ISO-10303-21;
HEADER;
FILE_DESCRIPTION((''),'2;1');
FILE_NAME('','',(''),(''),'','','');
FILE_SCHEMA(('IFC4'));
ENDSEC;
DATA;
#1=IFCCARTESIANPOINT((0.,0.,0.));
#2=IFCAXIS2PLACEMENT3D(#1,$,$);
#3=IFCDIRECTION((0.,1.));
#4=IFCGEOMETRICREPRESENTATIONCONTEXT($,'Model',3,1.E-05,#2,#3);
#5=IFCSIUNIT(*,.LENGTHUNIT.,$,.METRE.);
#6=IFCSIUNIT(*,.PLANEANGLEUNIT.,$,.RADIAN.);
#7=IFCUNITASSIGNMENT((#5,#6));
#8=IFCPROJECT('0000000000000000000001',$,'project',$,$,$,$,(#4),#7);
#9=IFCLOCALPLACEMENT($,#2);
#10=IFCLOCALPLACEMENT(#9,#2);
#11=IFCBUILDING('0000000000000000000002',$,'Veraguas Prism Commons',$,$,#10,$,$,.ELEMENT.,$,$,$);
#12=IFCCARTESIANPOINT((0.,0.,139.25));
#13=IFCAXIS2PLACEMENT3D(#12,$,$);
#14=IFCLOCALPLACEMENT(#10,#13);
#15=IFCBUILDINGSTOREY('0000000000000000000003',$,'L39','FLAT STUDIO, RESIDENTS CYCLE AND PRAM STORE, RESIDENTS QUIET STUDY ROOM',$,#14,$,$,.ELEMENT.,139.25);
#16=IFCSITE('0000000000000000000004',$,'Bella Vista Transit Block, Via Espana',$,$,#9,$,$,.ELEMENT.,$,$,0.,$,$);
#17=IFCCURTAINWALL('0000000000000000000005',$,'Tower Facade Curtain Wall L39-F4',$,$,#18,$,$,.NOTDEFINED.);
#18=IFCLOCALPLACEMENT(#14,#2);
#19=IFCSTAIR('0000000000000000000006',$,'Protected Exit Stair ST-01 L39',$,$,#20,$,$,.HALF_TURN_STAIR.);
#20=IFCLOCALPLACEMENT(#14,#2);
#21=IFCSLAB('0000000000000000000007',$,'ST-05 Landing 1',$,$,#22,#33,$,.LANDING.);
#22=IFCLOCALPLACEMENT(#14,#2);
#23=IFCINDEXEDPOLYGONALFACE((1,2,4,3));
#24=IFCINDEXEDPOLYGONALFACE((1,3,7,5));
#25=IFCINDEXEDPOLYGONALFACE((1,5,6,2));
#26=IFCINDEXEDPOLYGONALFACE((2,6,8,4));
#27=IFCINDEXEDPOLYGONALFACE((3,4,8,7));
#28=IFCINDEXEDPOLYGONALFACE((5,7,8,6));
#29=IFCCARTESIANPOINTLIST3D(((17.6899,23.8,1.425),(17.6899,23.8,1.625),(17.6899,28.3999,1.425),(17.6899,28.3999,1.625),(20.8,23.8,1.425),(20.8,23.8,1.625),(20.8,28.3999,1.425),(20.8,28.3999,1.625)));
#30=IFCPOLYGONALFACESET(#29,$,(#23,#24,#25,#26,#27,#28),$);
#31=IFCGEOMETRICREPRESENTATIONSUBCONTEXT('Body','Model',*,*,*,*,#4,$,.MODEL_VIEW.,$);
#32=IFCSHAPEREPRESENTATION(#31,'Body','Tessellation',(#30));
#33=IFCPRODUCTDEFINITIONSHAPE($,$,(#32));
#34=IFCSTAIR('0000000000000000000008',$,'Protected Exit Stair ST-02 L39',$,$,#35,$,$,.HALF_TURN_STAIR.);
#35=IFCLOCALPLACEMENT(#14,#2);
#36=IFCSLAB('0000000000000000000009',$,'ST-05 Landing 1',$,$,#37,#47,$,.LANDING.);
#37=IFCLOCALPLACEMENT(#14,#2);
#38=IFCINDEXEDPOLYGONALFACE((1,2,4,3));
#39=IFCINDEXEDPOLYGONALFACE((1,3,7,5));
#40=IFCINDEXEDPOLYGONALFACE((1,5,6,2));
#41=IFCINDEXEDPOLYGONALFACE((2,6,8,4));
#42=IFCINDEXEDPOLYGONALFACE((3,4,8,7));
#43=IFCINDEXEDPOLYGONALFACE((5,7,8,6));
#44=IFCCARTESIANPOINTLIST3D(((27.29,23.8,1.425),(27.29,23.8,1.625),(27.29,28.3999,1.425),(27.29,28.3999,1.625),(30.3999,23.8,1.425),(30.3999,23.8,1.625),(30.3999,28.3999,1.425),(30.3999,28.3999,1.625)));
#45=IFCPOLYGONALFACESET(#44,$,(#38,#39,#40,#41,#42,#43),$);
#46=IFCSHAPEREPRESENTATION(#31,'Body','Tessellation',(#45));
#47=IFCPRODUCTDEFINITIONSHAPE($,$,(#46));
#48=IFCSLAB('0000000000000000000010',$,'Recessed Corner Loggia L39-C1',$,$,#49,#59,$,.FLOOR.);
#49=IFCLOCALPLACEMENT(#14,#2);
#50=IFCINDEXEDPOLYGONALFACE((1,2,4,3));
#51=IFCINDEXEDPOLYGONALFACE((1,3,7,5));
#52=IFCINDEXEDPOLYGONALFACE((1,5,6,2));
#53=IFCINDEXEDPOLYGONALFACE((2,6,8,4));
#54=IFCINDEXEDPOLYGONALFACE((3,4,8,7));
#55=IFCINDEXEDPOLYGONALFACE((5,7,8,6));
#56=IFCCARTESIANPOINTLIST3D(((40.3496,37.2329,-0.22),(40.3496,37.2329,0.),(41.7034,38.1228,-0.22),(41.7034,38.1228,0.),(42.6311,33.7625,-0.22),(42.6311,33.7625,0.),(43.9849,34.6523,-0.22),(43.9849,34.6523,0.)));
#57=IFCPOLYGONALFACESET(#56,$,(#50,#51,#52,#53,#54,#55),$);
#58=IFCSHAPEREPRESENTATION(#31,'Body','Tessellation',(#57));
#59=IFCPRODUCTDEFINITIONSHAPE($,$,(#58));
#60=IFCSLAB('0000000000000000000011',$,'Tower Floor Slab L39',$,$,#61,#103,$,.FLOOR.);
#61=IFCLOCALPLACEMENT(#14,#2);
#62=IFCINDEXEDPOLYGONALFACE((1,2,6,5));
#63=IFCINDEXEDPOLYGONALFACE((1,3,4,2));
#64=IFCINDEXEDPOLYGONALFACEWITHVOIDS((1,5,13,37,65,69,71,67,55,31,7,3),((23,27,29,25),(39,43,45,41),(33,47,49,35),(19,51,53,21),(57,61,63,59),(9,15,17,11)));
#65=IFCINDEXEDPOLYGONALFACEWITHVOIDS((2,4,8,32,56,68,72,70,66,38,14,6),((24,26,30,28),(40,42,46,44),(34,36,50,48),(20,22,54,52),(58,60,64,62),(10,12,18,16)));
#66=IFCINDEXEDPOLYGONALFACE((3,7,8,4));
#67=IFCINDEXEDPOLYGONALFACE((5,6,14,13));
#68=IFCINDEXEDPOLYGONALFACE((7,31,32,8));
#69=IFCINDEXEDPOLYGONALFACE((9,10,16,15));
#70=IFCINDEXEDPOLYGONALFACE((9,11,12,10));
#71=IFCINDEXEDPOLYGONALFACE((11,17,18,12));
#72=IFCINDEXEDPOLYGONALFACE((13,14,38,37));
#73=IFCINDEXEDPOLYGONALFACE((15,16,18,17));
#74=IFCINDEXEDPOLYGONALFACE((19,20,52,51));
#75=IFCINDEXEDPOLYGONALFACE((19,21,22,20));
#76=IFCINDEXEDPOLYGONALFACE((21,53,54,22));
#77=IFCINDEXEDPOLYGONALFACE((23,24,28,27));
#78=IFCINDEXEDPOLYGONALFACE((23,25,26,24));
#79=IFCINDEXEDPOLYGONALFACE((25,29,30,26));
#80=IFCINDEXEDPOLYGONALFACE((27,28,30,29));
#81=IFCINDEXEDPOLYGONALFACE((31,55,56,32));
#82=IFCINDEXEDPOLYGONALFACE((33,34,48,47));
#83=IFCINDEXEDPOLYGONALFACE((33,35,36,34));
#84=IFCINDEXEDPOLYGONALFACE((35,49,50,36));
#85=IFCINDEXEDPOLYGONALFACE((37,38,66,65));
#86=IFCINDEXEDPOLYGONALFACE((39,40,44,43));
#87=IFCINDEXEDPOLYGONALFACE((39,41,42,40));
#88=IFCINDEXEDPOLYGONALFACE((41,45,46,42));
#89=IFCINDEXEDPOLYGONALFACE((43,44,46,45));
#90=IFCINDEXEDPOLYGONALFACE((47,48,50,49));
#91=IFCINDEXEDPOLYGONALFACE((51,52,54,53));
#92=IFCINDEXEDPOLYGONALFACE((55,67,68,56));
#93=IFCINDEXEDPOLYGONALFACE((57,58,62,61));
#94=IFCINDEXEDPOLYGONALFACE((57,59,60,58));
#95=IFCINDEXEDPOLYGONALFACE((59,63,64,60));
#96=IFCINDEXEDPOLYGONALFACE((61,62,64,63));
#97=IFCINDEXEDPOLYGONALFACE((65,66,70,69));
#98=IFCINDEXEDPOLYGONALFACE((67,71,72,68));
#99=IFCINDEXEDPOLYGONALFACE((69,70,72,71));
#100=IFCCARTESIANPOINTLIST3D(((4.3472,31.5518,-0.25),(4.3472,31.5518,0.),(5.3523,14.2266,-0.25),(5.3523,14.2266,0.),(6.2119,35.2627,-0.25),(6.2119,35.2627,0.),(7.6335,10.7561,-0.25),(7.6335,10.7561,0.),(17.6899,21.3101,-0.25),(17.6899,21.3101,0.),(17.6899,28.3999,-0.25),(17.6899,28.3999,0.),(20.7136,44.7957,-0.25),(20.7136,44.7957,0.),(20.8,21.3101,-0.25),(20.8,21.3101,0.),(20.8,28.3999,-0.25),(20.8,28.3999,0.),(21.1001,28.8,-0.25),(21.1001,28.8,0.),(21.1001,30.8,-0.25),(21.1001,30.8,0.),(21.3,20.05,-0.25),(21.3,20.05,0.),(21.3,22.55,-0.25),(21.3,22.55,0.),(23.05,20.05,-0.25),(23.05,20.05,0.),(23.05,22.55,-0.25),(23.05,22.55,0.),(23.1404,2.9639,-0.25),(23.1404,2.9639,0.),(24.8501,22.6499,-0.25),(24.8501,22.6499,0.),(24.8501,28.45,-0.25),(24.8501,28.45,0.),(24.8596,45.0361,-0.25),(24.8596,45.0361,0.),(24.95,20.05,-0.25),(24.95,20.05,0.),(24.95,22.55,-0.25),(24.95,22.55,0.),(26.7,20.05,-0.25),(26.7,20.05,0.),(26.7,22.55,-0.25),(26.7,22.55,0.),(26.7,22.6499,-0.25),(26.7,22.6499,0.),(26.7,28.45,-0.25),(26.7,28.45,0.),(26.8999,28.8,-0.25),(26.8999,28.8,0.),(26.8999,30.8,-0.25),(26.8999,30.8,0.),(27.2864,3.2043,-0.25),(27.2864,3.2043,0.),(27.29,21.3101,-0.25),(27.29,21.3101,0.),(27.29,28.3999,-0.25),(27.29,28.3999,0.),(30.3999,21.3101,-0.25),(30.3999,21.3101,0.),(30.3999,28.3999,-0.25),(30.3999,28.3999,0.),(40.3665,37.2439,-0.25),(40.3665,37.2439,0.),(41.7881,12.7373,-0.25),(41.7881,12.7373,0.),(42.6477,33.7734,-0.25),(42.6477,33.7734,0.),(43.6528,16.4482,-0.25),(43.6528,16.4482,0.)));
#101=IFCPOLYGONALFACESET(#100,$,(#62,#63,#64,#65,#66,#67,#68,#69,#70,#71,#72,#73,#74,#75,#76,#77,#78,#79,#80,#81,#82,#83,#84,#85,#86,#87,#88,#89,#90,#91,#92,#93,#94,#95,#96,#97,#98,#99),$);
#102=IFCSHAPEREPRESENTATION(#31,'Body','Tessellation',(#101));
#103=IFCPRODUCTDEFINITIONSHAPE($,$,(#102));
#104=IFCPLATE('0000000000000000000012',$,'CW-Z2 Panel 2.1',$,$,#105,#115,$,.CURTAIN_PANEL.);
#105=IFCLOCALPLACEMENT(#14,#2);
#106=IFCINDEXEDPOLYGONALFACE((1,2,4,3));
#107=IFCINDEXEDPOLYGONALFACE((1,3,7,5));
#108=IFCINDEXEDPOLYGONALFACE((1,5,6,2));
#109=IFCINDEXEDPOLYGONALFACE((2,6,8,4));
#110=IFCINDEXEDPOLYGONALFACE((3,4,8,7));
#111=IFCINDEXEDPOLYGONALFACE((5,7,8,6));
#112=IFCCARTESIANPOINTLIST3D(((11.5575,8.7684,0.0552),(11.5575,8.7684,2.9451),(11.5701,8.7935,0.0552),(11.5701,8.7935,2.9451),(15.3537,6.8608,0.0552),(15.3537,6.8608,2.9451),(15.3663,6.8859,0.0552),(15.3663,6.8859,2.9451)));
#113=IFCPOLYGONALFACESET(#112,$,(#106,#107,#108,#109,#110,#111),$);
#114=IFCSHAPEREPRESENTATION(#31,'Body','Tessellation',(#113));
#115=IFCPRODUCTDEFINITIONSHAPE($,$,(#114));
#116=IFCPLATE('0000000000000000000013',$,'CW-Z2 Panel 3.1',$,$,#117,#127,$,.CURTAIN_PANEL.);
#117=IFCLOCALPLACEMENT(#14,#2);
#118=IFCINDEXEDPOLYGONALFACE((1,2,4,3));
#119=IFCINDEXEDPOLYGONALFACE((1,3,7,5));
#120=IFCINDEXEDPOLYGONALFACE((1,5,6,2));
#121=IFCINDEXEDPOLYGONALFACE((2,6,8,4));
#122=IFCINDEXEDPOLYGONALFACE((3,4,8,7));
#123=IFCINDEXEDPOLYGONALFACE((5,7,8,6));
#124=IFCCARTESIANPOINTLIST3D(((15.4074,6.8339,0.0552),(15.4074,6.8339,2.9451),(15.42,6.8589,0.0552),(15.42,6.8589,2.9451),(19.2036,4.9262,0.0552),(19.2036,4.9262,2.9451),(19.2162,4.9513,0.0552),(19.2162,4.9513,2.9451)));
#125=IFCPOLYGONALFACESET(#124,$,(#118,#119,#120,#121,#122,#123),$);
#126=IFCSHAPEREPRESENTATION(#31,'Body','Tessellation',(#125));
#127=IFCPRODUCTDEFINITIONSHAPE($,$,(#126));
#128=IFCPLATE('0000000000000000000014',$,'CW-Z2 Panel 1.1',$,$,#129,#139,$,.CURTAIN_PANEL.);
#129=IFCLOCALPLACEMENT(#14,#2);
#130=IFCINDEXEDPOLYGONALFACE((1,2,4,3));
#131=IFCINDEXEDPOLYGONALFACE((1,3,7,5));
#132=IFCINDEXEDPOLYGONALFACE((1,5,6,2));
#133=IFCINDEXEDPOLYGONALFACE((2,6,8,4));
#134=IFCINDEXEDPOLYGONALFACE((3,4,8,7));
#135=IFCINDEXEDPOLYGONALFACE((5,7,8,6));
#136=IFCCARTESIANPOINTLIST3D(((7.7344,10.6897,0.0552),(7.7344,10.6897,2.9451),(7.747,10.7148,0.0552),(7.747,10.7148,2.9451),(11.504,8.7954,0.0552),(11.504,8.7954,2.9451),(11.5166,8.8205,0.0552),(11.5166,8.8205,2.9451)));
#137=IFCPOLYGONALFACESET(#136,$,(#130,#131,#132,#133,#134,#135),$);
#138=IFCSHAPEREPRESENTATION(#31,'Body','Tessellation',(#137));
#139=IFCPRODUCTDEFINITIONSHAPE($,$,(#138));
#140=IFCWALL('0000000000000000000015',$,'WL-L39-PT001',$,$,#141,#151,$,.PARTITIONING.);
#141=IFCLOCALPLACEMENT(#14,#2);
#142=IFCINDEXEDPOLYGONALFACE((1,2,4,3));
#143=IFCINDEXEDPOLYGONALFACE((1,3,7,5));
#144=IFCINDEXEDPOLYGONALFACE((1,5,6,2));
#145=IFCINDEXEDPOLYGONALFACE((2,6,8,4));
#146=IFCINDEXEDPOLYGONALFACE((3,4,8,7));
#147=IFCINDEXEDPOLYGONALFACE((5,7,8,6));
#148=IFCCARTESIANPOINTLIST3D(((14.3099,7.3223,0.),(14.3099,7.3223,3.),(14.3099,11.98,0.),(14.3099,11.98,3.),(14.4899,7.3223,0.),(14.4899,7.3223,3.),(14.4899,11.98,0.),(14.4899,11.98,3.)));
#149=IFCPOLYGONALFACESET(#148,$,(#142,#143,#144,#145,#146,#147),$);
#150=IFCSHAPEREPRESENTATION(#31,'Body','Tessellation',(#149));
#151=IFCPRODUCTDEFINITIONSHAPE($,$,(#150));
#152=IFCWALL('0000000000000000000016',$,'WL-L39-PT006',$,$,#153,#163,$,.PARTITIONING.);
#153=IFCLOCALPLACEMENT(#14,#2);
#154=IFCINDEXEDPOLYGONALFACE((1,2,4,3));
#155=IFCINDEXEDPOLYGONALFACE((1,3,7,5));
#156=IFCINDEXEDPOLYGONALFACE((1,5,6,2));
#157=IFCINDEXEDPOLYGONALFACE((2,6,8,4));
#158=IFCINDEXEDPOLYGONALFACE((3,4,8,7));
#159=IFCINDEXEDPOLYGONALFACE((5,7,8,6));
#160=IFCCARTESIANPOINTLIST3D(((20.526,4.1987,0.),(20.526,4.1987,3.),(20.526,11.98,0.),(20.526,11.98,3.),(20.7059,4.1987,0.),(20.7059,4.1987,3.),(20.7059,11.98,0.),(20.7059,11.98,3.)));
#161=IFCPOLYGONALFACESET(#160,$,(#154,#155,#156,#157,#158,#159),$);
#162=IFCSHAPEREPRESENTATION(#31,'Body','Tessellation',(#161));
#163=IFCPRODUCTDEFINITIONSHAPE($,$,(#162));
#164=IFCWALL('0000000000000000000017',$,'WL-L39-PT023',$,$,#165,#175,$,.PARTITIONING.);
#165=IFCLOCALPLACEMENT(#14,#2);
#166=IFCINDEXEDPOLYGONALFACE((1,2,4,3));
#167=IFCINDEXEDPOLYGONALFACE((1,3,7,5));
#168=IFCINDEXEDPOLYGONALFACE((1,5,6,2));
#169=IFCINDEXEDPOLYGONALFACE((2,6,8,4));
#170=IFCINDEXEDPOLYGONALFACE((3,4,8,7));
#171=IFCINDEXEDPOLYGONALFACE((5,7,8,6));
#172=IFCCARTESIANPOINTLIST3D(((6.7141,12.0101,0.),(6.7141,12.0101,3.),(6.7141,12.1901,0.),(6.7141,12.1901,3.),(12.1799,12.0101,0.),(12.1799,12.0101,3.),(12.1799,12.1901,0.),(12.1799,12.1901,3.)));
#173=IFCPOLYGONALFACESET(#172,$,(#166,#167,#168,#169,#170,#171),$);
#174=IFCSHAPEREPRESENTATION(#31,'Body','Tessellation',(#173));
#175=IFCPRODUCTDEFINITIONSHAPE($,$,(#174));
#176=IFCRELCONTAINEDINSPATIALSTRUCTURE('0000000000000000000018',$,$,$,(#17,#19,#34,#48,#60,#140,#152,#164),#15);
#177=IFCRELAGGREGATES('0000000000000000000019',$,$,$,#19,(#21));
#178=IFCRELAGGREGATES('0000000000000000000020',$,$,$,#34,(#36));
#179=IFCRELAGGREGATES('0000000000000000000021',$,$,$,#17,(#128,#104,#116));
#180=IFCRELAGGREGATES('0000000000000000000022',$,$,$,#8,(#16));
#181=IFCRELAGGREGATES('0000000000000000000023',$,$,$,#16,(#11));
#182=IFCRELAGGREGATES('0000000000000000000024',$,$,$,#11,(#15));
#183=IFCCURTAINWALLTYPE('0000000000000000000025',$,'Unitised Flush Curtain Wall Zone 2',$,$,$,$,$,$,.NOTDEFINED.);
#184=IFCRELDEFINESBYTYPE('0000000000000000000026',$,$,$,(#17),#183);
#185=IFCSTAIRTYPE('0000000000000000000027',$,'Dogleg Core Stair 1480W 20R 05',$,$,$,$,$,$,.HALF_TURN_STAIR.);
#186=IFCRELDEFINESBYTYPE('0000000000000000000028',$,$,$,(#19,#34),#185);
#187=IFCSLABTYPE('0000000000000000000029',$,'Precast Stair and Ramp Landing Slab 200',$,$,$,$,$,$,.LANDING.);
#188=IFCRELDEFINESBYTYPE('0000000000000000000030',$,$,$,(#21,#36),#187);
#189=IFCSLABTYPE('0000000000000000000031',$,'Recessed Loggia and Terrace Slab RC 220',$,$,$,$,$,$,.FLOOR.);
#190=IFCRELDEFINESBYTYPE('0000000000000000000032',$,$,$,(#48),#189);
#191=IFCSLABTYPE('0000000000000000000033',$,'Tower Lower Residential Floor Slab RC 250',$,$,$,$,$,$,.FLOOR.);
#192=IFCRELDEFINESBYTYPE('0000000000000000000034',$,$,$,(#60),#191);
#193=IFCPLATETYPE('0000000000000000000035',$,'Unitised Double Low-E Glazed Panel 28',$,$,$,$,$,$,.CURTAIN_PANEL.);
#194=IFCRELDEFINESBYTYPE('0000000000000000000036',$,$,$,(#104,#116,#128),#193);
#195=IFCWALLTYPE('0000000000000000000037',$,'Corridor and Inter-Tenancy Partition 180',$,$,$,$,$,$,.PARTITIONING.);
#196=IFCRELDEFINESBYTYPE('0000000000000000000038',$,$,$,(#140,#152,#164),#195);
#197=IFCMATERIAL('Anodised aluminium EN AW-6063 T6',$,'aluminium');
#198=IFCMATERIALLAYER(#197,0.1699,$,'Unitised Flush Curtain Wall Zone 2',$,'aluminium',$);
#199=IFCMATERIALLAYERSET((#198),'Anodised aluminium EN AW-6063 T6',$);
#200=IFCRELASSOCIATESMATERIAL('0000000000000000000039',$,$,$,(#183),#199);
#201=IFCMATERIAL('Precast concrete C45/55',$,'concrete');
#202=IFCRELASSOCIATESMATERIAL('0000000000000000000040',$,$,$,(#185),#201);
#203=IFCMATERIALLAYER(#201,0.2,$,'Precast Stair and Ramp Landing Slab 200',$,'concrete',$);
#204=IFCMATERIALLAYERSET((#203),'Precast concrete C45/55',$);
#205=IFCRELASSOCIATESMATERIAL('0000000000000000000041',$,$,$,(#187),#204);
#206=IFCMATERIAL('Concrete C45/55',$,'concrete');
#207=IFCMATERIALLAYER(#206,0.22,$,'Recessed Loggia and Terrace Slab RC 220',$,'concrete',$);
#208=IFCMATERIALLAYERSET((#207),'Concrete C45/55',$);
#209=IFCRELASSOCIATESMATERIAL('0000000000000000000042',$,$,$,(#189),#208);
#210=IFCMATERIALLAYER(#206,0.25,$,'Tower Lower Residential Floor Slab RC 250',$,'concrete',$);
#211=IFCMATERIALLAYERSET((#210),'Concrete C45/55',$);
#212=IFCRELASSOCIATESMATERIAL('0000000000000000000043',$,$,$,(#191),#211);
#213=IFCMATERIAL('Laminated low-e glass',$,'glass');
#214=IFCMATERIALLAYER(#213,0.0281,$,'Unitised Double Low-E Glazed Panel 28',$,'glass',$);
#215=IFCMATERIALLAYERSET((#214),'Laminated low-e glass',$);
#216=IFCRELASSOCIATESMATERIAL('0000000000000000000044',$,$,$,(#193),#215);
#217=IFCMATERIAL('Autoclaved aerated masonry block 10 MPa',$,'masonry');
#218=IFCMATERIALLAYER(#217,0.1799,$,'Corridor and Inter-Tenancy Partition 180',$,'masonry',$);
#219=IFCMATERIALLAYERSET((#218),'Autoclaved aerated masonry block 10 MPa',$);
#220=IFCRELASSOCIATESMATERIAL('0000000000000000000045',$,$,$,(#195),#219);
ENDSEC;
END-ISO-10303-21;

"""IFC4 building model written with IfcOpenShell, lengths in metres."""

from ifc_helpers import new_model, si_unit, direction, frame, frame_2d, origin, origin_2d, place, context, subcontext, project, spatial, polyline, rectangle, outline, extrude, source, transform, mapped, material, layer, layer_set, type_object, element, aggregate, save


model = new_model("IFC4")

# Units and contexts
model_context = context("Model", 3, precision=1e-05, world=origin(), true_north=direction((0.0, 1.0)))
body_context = subcontext(model_context, "Body", "Model", "MODEL_VIEW")
ifc_project = project(units=[si_unit("LENGTHUNIT", "METRE"), si_unit("PLANEANGLEUNIT", "RADIAN")], contexts=[model_context])

# Site, building, storey
site_placement = place(None, origin())
site = spatial("IfcSite", under=ifc_project, at=site_placement, Name="Bella Vista Transit Block, Via Espana", CompositionType="ELEMENT", RefElevation=0.0)
building_placement = place(site_placement, origin())
building = spatial("IfcBuilding", under=site, at=building_placement, Name="Veraguas Prism Commons", CompositionType="ELEMENT")
storey_placement = place(building_placement, frame((0.0, 0.0, 139.25)))
storey = spatial("IfcBuildingStorey", under=building, at=storey_placement, Name="L39", Description="FLAT STUDIO, RESIDENTS CYCLE AND PRAM STORE, RESIDENTS QUIET STUDY ROOM", CompositionType="ELEMENT", Elevation=139.25)

# Curtain wall
ifc_material_1 = material(Name="Anodised aluminium EN AW-6063 T6", Category="aluminium")
ifc_layer_1 = layer(ifc_material_1, 0.1699, Name="Unitised Flush Curtain Wall Zone 2", Category="aluminium")
ifc_layer_set_1 = layer_set([ifc_layer_1], Name="Anodised aluminium EN AW-6063 T6")
curtain_wall_type = type_object("IfcCurtainWallType", Name="Unitised Flush Curtain Wall Zone 2", PredefinedType="NOTDEFINED", material=ifc_layer_set_1)
curtain_wall_1_placement = place(storey_placement, origin())
curtain_wall_1 = element("IfcCurtainWall", 1, at=curtain_wall_1_placement, inside=storey, type_object=curtain_wall_type, Name="Tower Facade Curtain Wall L39-F4", PredefinedType="NOTDEFINED")

# Stairs, slabs
ifc_material_2 = material(Name="Precast concrete C45/55", Category="concrete")
stair_type = type_object("IfcStairType", Name="Dogleg Core Stair 1480W 20R 05", PredefinedType="HALF_TURN_STAIR", material=ifc_material_2)
stair_1_placement = place(storey_placement, origin())
stair_1 = element("IfcStair", 2, at=stair_1_placement, inside=storey, type_object=stair_type, Name="Protected Exit Stair ST-01 L39", PredefinedType="HALF_TURN_STAIR")
ifc_layer_2 = layer(ifc_material_2, 0.2, Name="Precast Stair and Ramp Landing Slab 200", Category="concrete")
ifc_layer_set_2 = layer_set([ifc_layer_2], Name="Precast concrete C45/55")
slab_type_1 = type_object("IfcSlabType", Name="Precast Stair and Ramp Landing Slab 200", PredefinedType="LANDING", material=ifc_layer_set_2)
slab_1_placement = place(storey_placement, frame((0.0, 0.0, 1.425)))
slab_1 = element("IfcSlab", 3, at=slab_1_placement, type_object=slab_type_1, Name="ST-05 Landing 1", PredefinedType="LANDING", context=body_context, shape_type="SweptSolid", body=[
    extrude(outline(polyline([(20.8, 23.8), (20.8, 28.3999), (17.6899, 28.3999), (17.6899, 23.8), (20.8, 23.8)])), origin(), (0.0, 0.0, 1.0), 0.2),
])
aggregate(stair_1, [slab_1])
stair_2_placement = place(storey_placement, origin())
stair_2 = element("IfcStair", 4, at=stair_2_placement, inside=storey, type_object=stair_type, Name="Protected Exit Stair ST-02 L39", PredefinedType="HALF_TURN_STAIR")
slab_2_placement = place(storey_placement, frame((0.0, 0.0, 1.425)))
slab_2 = element("IfcSlab", 5, at=slab_2_placement, type_object=slab_type_1, Name="ST-05 Landing 1", PredefinedType="LANDING", context=body_context, shape_type="SweptSolid", body=[
    extrude(outline(polyline([(30.3999, 23.8), (30.3999, 28.3999), (27.29, 28.3999), (27.29, 23.8), (30.3999, 23.8)])), origin(), (0.0, 0.0, 1.0), 0.2),
])
aggregate(stair_2, [slab_2])

# Slabs
ifc_material_3 = material(Name="Concrete C45/55", Category="concrete")
ifc_layer_3 = layer(ifc_material_3, 0.22, Name="Recessed Loggia and Terrace Slab RC 220", Category="concrete")
ifc_layer_set_3 = layer_set([ifc_layer_3], Name="Concrete C45/55")
slab_type_2 = type_object("IfcSlabType", Name="Recessed Loggia and Terrace Slab RC 220", PredefinedType="FLOOR", material=ifc_layer_set_3)
slab_3_placement = place(storey_placement, frame((0.0, 0.0, -0.22)))
element("IfcSlab", 6, at=slab_3_placement, inside=storey, type_object=slab_type_2, Name="Recessed Corner Loggia L39-C1", PredefinedType="FLOOR", context=body_context, shape_type="SweptSolid", body=[
    extrude(outline(polyline([(42.6311, 33.7625), (43.9849, 34.6523), (41.7034, 38.1228), (40.3496, 37.2329), (42.6311, 33.7625)])), origin(), (0.0, 0.0, 1.0), 0.22),
])
ifc_layer_4 = layer(ifc_material_3, 0.25, Name="Tower Lower Residential Floor Slab RC 250", Category="concrete")
ifc_layer_set_4 = layer_set([ifc_layer_4], Name="Concrete C45/55")
slab_type_3 = type_object("IfcSlabType", Name="Tower Lower Residential Floor Slab RC 250", PredefinedType="FLOOR", material=ifc_layer_set_4)
slab_4_placement = place(storey_placement, frame((0.0, 0.0, -0.25)))
element("IfcSlab", 7, at=slab_4_placement, inside=storey, type_object=slab_type_3, Name="Tower Floor Slab L39", PredefinedType="FLOOR", context=body_context, shape_type="SweptSolid", body=[
    extrude(outline(polyline([(42.6477, 33.7734), (40.3665, 37.2439), (24.8596, 45.0361), (20.7136, 44.7957), (6.2119, 35.2627), (4.3472, 31.5518), (5.3523, 14.2266), (7.6335, 10.7561), (23.1404, 2.9639), (27.2864, 3.2043), (41.7881, 12.7373), (43.6528, 16.4482), (42.6477, 33.7734)]), holes=[polyline([(20.8, 21.3101), (20.8, 28.3999), (17.6899, 28.3999), (17.6899, 21.3101), (20.8, 21.3101)]), polyline([(30.3999, 21.3101), (30.3999, 28.3999), (27.29, 28.3999), (27.29, 21.3101), (30.3999, 21.3101)]), polyline([(24.8501, 22.6499), (26.7, 22.6499), (26.7, 28.45), (24.8501, 28.45), (24.8501, 22.6499)]), polyline([(21.1001, 28.8), (26.8999, 28.8), (26.8999, 30.8), (21.1001, 30.8), (21.1001, 28.8)]), polyline([(21.3, 20.05), (23.05, 20.05), (23.05, 22.55), (21.3, 22.55), (21.3, 20.05)]), polyline([(24.95, 20.05), (26.7, 20.05), (26.7, 22.55), (24.95, 22.55), (24.95, 20.05)])]), origin(), (0.0, 0.0, 1.0), 0.25),
])

# Plates
ifc_material_4 = material(Name="Laminated low-e glass", Category="glass")
ifc_layer_5 = layer(ifc_material_4, 0.0281, Name="Unitised Double Low-E Glazed Panel 28", Category="glass")
ifc_layer_set_5 = layer_set([ifc_layer_5], Name="Laminated low-e glass")
plate_type = type_object("IfcPlateType", Name="Unitised Double Low-E Glazed Panel 28", PredefinedType="CURTAIN_PANEL", material=ifc_layer_set_5)
shared_shape_1 = source(origin(), body_context, "Body", "SweptSolid", [
    extrude(rectangle(XDim=4.2485, YDim=0.0281, at=origin_2d()), origin(), (0.0, 0.0, 1.0), 2.8899),
])
plate_1_placement = place(storey_placement, frame((13.4619, 7.8271, 0.0552), z_axis=(0.0, 0.0, 1.0), x_axis=(0.893526, -0.449012, 0.0)))
plate_1 = element("IfcPlate", 8, at=plate_1_placement, type_object=plate_type, Name="CW-Z2 Panel 2.1", PredefinedType="CURTAIN_PANEL", context=body_context, shape_type="MappedRepresentation", body=[
    mapped(shared_shape_1, transform((0.0, 0.0, 0.0), scale=1.0)),
])
plate_2_placement = place(storey_placement, frame((17.3118, 5.8926, 0.0552), z_axis=(0.0, 0.0, 1.0), x_axis=(0.893526, -0.449012, 0.0)))
plate_2 = element("IfcPlate", 9, at=plate_2_placement, type_object=plate_type, Name="CW-Z2 Panel 3.1", PredefinedType="CURTAIN_PANEL", context=body_context, shape_type="MappedRepresentation", body=[
    mapped(shared_shape_1, transform((0.0, 0.0, 0.0), scale=1.0)),
])
shared_shape_2 = source(origin(), body_context, "Body", "SweptSolid", [
    extrude(rectangle(XDim=4.2188, YDim=0.0281, at=origin_2d()), origin(), (0.0, 0.0, 1.0), 2.8899),
])
plate_3_placement = place(storey_placement, frame((9.6255, 9.7551, 0.0552), z_axis=(0.0, 0.0, 1.0), x_axis=(0.893526, -0.449012, 0.0)))
plate_3 = element("IfcPlate", 10, at=plate_3_placement, type_object=plate_type, Name="CW-Z2 Panel 1.1", PredefinedType="CURTAIN_PANEL", context=body_context, shape_type="MappedRepresentation", body=[
    mapped(shared_shape_2, transform((0.0, 0.0, 0.0), scale=1.0)),
])
aggregate(curtain_wall_1, [plate_3, plate_1, plate_2])

# Walls
ifc_material_5 = material(Name="Autoclaved aerated masonry block 10 MPa", Category="masonry")
ifc_layer_6 = layer(ifc_material_5, 0.1799, Name="Corridor and Inter-Tenancy Partition 180", Category="masonry")
ifc_layer_set_6 = layer_set([ifc_layer_6], Name="Autoclaved aerated masonry block 10 MPa")
wall_type_1 = type_object("IfcWallType", Name="Corridor and Inter-Tenancy Partition 180", PredefinedType="PARTITIONING", material=ifc_layer_set_6)
wall_1_placement = place(storey_placement, frame((14.3999, 11.98, 0.0), z_axis=(0.0, 0.0, 1.0), x_axis=(0.0, -1.0, 0.0)))
element("IfcWall", 11, at=wall_1_placement, inside=storey, type_object=wall_type_1, Name="WL-L39-PT001", PredefinedType="PARTITIONING", context=body_context, shape_type="SweptSolid", body=[
    extrude(rectangle(XDim=4.6577, YDim=0.1799, at=frame_2d((2.3289, 0.0))), origin(), (0.0, 0.0, 1.0), 3.0),
])
wall_2_placement = place(storey_placement, frame((20.616, 11.98, 0.0), z_axis=(0.0, 0.0, 1.0), x_axis=(0.0, -1.0, 0.0)))
element("IfcWall", 12, at=wall_2_placement, inside=storey, type_object=wall_type_1, Name="WL-L39-PT006", PredefinedType="PARTITIONING", context=body_context, shape_type="SweptSolid", body=[
    extrude(rectangle(XDim=7.7812, YDim=0.1799, at=frame_2d((3.8906, 0.0))), origin(), (0.0, 0.0, 1.0), 3.0),
])
wall_3_placement = place(storey_placement, frame((12.1799, 12.1001, 0.0), z_axis=(0.0, 0.0, 1.0), x_axis=(-1.0, 0.0, 0.0)))
element("IfcWall", 13, at=wall_3_placement, inside=storey, type_object=wall_type_1, Name="WL-L39-PT023", PredefinedType="PARTITIONING", context=body_context, shape_type="SweptSolid", body=[
    extrude(rectangle(XDim=5.4658, YDim=0.1799, at=frame_2d((2.7329, 0.0))), origin(), (0.0, 0.0, 1.0), 3.0),
])

save(model, "model.ifc")
